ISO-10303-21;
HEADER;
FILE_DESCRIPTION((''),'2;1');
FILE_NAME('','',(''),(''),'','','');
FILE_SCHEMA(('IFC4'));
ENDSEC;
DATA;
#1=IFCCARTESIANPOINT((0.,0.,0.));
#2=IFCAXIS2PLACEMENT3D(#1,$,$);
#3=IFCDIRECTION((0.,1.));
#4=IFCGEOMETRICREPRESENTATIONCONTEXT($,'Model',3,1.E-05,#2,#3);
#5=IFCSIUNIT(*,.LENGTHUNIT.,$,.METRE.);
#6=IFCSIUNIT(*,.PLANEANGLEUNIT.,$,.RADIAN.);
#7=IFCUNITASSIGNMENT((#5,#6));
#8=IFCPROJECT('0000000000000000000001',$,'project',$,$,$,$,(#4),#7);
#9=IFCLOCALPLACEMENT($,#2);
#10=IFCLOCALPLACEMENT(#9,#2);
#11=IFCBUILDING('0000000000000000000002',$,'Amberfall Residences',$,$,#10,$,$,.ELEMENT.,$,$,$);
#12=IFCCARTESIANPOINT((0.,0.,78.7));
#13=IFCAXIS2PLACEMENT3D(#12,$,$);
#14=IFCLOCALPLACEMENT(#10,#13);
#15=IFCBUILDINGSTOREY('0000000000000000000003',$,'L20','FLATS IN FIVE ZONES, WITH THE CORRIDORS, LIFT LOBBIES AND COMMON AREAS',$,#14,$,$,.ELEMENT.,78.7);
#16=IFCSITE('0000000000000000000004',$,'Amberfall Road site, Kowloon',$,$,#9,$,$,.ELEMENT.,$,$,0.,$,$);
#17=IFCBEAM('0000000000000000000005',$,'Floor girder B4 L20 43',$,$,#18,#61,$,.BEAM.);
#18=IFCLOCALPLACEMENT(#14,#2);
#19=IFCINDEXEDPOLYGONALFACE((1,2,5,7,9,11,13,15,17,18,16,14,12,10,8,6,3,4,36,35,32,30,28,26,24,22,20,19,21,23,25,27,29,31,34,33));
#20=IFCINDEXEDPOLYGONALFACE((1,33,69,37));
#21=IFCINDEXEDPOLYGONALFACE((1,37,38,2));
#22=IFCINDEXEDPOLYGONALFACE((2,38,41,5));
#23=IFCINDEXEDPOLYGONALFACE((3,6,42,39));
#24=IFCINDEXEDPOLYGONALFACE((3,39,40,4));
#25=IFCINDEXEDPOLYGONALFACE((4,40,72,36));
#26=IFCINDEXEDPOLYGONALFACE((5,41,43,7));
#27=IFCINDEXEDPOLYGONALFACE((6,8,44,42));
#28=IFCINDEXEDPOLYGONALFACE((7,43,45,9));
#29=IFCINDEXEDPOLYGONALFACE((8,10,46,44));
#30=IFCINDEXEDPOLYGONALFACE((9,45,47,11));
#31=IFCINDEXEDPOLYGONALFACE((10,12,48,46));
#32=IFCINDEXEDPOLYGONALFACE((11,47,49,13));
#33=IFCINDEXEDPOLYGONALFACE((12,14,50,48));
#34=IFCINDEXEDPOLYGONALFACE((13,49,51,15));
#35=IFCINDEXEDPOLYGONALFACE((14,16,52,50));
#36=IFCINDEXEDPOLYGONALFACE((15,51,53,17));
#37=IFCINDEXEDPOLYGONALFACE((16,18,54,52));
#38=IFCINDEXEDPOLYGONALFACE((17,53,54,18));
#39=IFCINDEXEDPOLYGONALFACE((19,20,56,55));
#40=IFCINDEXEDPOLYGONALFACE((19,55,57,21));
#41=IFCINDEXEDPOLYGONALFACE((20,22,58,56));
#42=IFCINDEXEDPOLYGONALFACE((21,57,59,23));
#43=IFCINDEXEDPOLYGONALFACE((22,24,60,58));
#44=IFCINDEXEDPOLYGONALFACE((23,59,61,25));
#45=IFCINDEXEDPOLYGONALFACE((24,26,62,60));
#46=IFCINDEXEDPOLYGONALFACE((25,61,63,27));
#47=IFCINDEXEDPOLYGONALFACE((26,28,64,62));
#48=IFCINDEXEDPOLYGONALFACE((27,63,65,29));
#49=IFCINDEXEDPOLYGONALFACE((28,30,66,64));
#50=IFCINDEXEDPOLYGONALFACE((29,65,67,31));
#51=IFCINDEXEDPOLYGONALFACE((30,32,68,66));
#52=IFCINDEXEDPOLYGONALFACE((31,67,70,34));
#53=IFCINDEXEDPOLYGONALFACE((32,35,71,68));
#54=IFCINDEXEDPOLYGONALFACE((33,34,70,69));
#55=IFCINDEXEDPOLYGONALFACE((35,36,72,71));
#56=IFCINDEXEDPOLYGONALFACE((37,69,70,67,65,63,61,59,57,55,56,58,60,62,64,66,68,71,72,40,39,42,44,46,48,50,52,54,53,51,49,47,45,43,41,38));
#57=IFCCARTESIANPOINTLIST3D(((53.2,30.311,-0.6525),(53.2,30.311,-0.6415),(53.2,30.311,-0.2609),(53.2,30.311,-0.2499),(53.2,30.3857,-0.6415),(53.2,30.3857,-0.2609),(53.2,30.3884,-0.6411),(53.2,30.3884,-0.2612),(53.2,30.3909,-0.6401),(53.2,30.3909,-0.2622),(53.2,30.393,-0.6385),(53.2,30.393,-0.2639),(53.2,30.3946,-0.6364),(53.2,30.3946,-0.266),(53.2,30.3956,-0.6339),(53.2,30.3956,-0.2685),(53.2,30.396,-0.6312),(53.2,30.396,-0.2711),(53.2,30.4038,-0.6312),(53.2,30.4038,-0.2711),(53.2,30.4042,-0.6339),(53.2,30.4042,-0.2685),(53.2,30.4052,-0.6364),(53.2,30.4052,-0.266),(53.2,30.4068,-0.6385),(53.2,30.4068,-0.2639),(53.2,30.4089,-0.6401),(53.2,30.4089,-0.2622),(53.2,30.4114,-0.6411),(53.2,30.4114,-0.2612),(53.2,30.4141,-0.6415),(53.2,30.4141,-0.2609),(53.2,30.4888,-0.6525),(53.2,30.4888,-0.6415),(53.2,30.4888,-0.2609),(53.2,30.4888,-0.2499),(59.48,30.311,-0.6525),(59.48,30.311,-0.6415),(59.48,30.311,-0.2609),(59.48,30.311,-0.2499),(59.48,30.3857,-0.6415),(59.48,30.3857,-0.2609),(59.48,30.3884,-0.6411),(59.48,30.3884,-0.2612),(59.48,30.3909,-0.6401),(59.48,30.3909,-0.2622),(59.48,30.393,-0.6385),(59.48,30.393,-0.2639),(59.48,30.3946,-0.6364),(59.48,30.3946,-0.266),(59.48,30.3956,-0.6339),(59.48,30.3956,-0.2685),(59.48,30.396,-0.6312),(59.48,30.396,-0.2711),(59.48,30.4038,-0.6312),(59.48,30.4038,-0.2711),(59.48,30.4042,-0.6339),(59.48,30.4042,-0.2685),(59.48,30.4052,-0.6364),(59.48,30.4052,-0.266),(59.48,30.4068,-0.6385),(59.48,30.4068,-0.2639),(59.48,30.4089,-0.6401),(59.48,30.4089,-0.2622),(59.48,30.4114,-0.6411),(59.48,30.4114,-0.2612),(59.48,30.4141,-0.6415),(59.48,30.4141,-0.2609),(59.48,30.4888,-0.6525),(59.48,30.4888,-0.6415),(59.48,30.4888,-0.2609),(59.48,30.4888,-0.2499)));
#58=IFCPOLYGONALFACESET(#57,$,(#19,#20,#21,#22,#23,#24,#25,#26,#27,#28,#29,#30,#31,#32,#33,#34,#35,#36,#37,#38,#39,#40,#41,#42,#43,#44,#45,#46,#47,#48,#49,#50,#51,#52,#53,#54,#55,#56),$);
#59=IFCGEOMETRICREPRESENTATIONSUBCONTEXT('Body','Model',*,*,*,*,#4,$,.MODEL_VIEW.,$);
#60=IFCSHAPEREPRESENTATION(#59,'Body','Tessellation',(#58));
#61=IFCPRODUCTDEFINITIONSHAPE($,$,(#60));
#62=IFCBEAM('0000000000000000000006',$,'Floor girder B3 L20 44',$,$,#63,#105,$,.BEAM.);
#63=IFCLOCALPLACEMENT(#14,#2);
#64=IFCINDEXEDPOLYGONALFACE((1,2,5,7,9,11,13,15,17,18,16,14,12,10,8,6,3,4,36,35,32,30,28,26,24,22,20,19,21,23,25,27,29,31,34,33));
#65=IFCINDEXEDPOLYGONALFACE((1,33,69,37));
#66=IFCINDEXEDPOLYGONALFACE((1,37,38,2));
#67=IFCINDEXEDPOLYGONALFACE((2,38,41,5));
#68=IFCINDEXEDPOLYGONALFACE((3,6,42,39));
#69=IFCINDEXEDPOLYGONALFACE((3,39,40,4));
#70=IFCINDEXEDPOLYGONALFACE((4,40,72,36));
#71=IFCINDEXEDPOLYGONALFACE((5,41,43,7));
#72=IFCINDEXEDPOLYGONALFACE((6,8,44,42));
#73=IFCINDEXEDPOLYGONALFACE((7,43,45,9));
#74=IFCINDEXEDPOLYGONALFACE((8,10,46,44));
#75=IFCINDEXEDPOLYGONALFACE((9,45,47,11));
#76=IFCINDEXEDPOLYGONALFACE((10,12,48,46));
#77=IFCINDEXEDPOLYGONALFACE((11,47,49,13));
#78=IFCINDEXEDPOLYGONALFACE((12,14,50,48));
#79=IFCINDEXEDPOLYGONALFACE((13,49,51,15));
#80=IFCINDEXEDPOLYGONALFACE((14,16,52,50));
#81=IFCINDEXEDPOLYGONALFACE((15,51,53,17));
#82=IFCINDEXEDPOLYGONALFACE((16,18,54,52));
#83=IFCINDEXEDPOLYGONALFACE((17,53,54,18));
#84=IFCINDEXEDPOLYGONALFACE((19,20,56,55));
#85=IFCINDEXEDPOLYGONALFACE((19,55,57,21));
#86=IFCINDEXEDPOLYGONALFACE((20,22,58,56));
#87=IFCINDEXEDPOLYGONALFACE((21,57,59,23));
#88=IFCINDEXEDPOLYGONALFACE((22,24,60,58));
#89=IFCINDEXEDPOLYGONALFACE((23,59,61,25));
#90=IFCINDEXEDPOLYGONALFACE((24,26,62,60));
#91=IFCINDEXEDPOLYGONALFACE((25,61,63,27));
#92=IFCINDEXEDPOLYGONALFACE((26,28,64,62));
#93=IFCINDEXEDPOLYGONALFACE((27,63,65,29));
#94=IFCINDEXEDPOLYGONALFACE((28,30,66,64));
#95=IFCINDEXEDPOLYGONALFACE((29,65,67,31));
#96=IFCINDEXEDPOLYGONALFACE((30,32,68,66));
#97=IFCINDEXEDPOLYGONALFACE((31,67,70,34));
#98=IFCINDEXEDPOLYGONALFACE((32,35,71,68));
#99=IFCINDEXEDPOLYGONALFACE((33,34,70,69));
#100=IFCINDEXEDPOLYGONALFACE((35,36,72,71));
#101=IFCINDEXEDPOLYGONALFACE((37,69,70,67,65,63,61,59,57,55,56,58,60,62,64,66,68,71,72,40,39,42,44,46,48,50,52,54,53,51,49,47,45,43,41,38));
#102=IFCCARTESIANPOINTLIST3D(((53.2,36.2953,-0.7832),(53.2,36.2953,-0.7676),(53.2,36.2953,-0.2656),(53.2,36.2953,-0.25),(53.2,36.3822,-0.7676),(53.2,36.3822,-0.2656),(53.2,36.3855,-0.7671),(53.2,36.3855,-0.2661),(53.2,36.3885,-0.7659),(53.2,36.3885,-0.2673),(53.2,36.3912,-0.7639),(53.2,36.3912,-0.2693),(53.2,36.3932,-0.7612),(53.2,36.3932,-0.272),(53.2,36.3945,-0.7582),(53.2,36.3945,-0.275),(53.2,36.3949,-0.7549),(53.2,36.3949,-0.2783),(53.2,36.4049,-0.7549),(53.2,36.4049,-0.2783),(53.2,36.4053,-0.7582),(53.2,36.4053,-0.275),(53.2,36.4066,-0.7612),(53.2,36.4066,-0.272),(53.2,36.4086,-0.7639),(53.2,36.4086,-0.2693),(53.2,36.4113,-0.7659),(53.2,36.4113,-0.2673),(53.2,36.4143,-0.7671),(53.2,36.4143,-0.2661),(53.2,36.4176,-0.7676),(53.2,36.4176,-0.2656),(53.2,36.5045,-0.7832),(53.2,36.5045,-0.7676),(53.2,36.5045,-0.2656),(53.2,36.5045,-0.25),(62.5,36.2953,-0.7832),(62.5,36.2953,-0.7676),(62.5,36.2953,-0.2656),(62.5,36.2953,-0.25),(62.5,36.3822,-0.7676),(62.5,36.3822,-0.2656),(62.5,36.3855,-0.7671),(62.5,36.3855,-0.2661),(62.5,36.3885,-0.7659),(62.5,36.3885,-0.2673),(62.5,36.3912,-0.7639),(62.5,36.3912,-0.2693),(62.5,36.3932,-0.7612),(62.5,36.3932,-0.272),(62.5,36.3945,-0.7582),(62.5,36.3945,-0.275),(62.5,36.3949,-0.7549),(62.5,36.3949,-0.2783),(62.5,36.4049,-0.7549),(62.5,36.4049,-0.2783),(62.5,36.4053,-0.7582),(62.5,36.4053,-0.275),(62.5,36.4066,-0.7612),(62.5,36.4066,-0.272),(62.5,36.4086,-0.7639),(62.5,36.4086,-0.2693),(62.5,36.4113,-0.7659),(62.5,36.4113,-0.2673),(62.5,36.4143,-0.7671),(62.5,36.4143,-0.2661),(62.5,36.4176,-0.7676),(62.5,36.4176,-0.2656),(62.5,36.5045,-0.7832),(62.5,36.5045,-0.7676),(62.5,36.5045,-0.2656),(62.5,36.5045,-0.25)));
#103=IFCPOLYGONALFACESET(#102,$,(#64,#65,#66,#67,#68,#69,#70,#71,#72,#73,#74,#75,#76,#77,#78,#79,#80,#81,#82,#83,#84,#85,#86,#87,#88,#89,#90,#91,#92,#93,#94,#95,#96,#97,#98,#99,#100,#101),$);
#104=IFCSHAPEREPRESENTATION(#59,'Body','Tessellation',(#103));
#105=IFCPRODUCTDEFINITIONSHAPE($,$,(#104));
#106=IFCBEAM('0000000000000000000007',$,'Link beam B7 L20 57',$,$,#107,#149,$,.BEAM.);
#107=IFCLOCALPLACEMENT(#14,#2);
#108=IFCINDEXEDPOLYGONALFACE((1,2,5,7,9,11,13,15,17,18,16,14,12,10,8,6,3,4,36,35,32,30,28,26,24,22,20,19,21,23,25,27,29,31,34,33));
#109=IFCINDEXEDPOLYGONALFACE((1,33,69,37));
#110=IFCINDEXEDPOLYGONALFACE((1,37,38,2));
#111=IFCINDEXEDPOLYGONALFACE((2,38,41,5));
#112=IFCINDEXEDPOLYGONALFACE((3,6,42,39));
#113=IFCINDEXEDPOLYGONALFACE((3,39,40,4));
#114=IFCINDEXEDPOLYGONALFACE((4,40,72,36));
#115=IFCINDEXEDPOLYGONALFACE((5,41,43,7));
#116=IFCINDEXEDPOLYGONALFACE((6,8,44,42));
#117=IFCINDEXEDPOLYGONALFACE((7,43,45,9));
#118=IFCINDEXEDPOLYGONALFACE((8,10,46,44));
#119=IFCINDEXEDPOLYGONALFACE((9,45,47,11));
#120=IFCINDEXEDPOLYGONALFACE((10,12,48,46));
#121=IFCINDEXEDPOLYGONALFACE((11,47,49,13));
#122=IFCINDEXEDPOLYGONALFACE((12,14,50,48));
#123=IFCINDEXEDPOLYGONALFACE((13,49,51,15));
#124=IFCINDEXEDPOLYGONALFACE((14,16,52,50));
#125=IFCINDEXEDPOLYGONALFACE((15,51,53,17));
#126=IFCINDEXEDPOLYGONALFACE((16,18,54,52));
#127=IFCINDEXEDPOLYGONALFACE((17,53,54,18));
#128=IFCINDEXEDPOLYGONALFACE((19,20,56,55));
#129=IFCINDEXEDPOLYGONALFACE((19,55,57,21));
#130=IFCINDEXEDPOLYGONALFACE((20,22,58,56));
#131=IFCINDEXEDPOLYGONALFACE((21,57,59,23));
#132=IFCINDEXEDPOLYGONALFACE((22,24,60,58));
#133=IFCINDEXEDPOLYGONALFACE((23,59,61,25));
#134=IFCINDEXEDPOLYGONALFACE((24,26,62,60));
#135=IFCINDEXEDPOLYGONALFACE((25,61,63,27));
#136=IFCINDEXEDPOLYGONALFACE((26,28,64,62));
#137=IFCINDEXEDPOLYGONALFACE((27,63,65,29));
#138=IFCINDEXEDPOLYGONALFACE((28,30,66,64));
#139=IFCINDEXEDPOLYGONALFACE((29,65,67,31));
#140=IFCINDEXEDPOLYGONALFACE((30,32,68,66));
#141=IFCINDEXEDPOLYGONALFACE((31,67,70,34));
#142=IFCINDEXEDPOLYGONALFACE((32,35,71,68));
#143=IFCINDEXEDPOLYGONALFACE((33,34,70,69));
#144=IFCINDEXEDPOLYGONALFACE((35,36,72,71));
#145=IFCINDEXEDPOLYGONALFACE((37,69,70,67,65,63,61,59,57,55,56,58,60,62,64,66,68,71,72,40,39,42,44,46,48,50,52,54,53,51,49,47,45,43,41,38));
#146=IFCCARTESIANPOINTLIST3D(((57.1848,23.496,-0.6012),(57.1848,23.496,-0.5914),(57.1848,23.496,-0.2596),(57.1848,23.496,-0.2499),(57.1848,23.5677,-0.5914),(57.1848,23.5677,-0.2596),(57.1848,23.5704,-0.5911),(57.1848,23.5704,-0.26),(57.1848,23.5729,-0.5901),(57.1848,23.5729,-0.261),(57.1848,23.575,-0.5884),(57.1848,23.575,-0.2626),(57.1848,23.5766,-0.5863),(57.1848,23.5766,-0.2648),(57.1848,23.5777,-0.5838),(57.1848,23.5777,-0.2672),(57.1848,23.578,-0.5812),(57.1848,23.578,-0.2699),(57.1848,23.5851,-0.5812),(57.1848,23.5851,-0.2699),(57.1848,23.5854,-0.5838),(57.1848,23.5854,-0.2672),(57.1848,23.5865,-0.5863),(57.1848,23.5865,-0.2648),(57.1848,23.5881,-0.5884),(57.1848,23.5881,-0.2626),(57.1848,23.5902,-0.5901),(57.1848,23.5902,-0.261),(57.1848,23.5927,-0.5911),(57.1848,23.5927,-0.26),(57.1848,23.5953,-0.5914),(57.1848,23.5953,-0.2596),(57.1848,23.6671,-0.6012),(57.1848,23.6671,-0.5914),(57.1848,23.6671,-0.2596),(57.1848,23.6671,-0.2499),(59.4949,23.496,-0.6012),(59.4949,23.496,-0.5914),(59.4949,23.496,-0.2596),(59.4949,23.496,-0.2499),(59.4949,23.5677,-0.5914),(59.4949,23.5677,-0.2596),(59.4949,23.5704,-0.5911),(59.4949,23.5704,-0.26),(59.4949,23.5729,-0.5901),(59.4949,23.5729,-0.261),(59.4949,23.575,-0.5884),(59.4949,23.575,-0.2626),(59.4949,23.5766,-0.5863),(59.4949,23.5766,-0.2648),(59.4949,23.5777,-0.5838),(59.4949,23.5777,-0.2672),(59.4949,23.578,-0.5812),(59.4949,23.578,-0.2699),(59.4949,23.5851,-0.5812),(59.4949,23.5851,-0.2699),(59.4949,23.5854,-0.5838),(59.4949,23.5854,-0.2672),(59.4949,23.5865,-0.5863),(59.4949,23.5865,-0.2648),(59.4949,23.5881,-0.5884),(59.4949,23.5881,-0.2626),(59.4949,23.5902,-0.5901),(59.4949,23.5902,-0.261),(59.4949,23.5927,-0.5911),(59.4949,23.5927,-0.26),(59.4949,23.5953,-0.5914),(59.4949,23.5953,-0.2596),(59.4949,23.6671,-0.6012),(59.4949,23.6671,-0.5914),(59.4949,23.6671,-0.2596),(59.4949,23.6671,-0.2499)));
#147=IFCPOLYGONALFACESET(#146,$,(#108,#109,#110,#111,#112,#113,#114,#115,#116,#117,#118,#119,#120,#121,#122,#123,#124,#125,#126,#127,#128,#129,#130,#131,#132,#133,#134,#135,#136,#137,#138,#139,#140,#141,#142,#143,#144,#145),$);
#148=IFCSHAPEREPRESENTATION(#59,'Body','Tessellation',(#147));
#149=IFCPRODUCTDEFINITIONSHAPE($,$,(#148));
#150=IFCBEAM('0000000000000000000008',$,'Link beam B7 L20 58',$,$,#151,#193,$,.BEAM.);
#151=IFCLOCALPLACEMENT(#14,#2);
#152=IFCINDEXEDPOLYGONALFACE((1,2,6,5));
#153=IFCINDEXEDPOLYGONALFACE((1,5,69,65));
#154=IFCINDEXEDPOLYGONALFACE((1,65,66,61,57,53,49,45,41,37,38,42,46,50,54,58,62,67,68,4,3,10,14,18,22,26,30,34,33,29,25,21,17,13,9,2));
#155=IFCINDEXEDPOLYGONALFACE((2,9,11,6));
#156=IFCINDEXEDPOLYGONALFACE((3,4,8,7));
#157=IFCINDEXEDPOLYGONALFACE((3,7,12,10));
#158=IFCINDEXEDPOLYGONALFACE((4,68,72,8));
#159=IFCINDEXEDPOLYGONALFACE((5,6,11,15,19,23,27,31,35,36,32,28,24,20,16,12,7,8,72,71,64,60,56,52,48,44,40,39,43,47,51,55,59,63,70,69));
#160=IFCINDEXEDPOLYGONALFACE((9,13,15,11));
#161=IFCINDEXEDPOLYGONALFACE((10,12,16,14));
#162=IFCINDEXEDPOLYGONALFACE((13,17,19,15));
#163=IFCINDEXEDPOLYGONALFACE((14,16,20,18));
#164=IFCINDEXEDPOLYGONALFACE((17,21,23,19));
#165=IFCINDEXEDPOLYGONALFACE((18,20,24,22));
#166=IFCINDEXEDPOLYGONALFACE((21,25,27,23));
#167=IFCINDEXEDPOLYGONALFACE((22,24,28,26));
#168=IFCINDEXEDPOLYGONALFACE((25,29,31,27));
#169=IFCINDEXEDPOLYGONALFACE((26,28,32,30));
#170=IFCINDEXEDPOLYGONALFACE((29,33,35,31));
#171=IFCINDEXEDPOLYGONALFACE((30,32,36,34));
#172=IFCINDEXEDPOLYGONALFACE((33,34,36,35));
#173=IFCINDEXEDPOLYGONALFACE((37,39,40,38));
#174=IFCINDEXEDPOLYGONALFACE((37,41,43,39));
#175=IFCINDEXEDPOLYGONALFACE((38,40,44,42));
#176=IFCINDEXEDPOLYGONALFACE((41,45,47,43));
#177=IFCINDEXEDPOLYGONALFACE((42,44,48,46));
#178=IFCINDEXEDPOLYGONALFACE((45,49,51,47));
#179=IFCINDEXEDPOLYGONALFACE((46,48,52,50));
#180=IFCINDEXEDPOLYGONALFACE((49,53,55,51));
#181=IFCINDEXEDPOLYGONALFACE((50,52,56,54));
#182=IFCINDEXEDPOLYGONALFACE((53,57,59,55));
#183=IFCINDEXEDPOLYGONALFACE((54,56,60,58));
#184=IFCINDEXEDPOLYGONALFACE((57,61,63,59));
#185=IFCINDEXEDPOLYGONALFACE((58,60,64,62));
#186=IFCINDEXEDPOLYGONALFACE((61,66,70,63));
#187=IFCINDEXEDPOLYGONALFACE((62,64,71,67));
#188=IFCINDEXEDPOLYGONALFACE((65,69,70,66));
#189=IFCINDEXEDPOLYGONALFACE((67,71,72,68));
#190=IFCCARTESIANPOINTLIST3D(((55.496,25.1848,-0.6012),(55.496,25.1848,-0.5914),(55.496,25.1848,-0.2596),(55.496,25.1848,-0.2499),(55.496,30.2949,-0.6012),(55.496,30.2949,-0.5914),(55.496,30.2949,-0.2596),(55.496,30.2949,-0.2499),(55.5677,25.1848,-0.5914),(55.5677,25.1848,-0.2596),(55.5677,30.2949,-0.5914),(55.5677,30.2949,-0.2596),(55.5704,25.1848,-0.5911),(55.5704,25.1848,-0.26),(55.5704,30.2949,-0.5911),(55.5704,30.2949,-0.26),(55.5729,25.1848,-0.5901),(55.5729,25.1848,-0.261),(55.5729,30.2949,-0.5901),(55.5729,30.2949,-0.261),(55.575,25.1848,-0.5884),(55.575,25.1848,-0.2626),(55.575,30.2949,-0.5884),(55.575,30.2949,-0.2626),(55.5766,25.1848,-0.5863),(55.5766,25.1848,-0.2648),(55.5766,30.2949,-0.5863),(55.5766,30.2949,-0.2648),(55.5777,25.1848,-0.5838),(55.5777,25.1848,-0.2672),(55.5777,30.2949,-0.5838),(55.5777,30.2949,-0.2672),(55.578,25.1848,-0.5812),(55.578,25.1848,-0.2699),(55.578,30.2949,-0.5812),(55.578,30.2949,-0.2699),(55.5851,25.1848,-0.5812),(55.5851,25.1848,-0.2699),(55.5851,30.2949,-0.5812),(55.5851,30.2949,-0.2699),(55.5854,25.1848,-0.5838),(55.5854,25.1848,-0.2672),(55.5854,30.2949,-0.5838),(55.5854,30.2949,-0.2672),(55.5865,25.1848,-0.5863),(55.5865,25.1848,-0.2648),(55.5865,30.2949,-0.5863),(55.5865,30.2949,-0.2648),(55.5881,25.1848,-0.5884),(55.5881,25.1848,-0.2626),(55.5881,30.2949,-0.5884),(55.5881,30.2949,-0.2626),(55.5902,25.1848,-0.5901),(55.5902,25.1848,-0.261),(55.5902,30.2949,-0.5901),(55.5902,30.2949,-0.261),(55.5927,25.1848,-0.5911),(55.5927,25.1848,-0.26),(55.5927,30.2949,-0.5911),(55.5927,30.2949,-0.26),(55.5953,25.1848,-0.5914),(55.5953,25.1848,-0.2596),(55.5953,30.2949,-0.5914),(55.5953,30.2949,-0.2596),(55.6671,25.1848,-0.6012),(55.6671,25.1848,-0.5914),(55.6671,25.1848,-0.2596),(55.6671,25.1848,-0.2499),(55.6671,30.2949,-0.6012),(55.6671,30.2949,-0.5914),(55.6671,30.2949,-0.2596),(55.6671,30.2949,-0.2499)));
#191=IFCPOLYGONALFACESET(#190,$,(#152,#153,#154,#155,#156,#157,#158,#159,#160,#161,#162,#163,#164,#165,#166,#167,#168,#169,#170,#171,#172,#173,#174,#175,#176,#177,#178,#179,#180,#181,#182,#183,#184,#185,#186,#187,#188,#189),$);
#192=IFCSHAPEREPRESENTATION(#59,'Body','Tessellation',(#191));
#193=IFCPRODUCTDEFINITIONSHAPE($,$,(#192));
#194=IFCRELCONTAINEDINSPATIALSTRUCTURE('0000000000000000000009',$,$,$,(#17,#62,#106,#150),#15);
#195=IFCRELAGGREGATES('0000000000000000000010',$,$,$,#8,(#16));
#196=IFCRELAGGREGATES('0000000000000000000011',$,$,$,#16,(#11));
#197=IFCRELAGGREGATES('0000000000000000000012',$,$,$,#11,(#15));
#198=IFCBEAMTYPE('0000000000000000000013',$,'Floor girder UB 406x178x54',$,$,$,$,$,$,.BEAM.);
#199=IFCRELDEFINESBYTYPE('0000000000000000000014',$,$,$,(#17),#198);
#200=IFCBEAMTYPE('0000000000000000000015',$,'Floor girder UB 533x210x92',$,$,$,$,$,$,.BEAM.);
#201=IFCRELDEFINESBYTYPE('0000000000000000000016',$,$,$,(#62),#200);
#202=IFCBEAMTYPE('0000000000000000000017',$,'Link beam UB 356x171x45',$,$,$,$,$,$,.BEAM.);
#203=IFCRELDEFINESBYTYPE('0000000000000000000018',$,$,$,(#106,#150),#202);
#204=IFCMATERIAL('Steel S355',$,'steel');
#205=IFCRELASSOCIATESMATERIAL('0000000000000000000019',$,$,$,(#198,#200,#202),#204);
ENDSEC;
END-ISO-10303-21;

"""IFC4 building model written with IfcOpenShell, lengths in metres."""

from ifc_helpers import new_model, si_unit, direction, frame, origin, origin_2d, place, context, subcontext, project, spatial, i_section, extrude, material, material_profile, profile_set, type_object, element, save


model = new_model("IFC4")

# Units and contexts
model_context = context("Model", 3, precision=1e-05, world=origin(), true_north=direction((0.0, 1.0)))
body_context = subcontext(model_context, "Body", "Model", "MODEL_VIEW")
ifc_project = project(units=[si_unit("LENGTHUNIT", "METRE"), si_unit("PLANEANGLEUNIT", "RADIAN")], contexts=[model_context])

# Site, building, storey
site_placement = place(None, origin())
site = spatial("IfcSite", under=ifc_project, at=site_placement, Name="Amberfall Road site, Kowloon", CompositionType="ELEMENT", RefElevation=0.0)
building_placement = place(site_placement, origin())
building = spatial("IfcBuilding", under=site, at=building_placement, Name="Amberfall Residences", CompositionType="ELEMENT")
storey_placement = place(building_placement, frame((0.0, 0.0, 78.7)))
storey = spatial("IfcBuildingStorey", under=building, at=storey_placement, Name="L20", Description="FLATS IN FIVE ZONES, WITH THE CORRIDORS, LIFT LOBBIES AND COMMON AREAS", CompositionType="ELEMENT", Elevation=78.7)

# Shared definitions
ifc_material_1 = material(Name="Steel S355", Category="steel")

# Beams
ifc_material_profile_1 = material_profile(ifc_material_1, i_section(OverallWidth=0.1777, OverallDepth=0.4026, WebThickness=0.0078, FlangeThickness=0.011, FilletRadius=0.0103, at=origin_2d()), Name="UB 406x178x54")
ifc_profile_set_1 = profile_set([ifc_material_profile_1], Name="Steel S355")
beam_type_1 = type_object("IfcBeamType", Name="Floor girder UB 406x178x54", PredefinedType="BEAM", material=ifc_profile_set_1)
beam_1_placement = place(storey_placement, frame((53.2, 30.3999, -0.4512), z_axis=(1.0, 0.0, 0.0), x_axis=(0.0, 1.0, 0.0)))
element("IfcBeam", 1, at=beam_1_placement, inside=storey, type_object=beam_type_1, Name="Floor girder B4 L20 43", PredefinedType="BEAM", context=body_context, shape_type="SweptSolid", body=[
    extrude(i_section(OverallWidth=0.1777, OverallDepth=0.4026, WebThickness=0.0078, FlangeThickness=0.011, FilletRadius=0.0103, at=origin_2d()), origin(), (0.0, 0.0, 1.0), 6.28),
])
ifc_material_profile_2 = material_profile(ifc_material_1, i_section(OverallWidth=0.2092, OverallDepth=0.5332, WebThickness=0.01, FlangeThickness=0.0156, FilletRadius=0.0127, at=origin_2d()), Name="UB 533x210x92")
ifc_profile_set_2 = profile_set([ifc_material_profile_2], Name="Steel S355")
beam_type_2 = type_object("IfcBeamType", Name="Floor girder UB 533x210x92", PredefinedType="BEAM", material=ifc_profile_set_2)
beam_2_placement = place(storey_placement, frame((53.2, 36.3999, -0.5166), z_axis=(1.0, 0.0, 0.0), x_axis=(0.0, 1.0, 0.0)))
element("IfcBeam", 2, at=beam_2_placement, inside=storey, type_object=beam_type_2, Name="Floor girder B3 L20 44", PredefinedType="BEAM", context=body_context, shape_type="SweptSolid", body=[
    extrude(i_section(OverallWidth=0.2092, OverallDepth=0.5332, WebThickness=0.01, FlangeThickness=0.0156, FilletRadius=0.0127, at=origin_2d()), origin(), (0.0, 0.0, 1.0), 9.3),
])
ifc_material_profile_3 = material_profile(ifc_material_1, i_section(OverallWidth=0.1711, OverallDepth=0.3513, WebThickness=0.0071, FlangeThickness=0.0098, FilletRadius=0.0103, at=origin_2d()), Name="UB 356x171x45")
ifc_profile_set_3 = profile_set([ifc_material_profile_3], Name="Steel S355")
beam_type_3 = type_object("IfcBeamType", Name="Link beam UB 356x171x45", PredefinedType="BEAM", material=ifc_profile_set_3)
beam_3_placement = place(storey_placement, frame((57.1848, 23.5815, -0.4255), z_axis=(1.0, 0.0, 0.0), x_axis=(0.0, 1.0, 0.0)))
element("IfcBeam", 3, at=beam_3_placement, inside=storey, type_object=beam_type_3, Name="Link beam B7 L20 57", PredefinedType="BEAM", context=body_context, shape_type="SweptSolid", body=[
    extrude(i_section(OverallWidth=0.1711, OverallDepth=0.3513, WebThickness=0.0071, FlangeThickness=0.0098, FilletRadius=0.0103, at=origin_2d()), origin(), (0.0, 0.0, 1.0), 2.3101),
])
beam_4_placement = place(storey_placement, frame((55.5815, 25.1848, -0.4255), z_axis=(0.0, 1.0, 0.0), x_axis=(-1.0, 0.0, 0.0)))
element("IfcBeam", 4, at=beam_4_placement, inside=storey, type_object=beam_type_3, Name="Link beam B7 L20 58", PredefinedType="BEAM", context=body_context, shape_type="SweptSolid", body=[
    extrude(i_section(OverallWidth=0.1711, OverallDepth=0.3513, WebThickness=0.0071, FlangeThickness=0.0098, FilletRadius=0.0103, at=origin_2d()), origin(), (0.0, 0.0, 1.0), 5.1101),
])

save(model, "model.ifc")
